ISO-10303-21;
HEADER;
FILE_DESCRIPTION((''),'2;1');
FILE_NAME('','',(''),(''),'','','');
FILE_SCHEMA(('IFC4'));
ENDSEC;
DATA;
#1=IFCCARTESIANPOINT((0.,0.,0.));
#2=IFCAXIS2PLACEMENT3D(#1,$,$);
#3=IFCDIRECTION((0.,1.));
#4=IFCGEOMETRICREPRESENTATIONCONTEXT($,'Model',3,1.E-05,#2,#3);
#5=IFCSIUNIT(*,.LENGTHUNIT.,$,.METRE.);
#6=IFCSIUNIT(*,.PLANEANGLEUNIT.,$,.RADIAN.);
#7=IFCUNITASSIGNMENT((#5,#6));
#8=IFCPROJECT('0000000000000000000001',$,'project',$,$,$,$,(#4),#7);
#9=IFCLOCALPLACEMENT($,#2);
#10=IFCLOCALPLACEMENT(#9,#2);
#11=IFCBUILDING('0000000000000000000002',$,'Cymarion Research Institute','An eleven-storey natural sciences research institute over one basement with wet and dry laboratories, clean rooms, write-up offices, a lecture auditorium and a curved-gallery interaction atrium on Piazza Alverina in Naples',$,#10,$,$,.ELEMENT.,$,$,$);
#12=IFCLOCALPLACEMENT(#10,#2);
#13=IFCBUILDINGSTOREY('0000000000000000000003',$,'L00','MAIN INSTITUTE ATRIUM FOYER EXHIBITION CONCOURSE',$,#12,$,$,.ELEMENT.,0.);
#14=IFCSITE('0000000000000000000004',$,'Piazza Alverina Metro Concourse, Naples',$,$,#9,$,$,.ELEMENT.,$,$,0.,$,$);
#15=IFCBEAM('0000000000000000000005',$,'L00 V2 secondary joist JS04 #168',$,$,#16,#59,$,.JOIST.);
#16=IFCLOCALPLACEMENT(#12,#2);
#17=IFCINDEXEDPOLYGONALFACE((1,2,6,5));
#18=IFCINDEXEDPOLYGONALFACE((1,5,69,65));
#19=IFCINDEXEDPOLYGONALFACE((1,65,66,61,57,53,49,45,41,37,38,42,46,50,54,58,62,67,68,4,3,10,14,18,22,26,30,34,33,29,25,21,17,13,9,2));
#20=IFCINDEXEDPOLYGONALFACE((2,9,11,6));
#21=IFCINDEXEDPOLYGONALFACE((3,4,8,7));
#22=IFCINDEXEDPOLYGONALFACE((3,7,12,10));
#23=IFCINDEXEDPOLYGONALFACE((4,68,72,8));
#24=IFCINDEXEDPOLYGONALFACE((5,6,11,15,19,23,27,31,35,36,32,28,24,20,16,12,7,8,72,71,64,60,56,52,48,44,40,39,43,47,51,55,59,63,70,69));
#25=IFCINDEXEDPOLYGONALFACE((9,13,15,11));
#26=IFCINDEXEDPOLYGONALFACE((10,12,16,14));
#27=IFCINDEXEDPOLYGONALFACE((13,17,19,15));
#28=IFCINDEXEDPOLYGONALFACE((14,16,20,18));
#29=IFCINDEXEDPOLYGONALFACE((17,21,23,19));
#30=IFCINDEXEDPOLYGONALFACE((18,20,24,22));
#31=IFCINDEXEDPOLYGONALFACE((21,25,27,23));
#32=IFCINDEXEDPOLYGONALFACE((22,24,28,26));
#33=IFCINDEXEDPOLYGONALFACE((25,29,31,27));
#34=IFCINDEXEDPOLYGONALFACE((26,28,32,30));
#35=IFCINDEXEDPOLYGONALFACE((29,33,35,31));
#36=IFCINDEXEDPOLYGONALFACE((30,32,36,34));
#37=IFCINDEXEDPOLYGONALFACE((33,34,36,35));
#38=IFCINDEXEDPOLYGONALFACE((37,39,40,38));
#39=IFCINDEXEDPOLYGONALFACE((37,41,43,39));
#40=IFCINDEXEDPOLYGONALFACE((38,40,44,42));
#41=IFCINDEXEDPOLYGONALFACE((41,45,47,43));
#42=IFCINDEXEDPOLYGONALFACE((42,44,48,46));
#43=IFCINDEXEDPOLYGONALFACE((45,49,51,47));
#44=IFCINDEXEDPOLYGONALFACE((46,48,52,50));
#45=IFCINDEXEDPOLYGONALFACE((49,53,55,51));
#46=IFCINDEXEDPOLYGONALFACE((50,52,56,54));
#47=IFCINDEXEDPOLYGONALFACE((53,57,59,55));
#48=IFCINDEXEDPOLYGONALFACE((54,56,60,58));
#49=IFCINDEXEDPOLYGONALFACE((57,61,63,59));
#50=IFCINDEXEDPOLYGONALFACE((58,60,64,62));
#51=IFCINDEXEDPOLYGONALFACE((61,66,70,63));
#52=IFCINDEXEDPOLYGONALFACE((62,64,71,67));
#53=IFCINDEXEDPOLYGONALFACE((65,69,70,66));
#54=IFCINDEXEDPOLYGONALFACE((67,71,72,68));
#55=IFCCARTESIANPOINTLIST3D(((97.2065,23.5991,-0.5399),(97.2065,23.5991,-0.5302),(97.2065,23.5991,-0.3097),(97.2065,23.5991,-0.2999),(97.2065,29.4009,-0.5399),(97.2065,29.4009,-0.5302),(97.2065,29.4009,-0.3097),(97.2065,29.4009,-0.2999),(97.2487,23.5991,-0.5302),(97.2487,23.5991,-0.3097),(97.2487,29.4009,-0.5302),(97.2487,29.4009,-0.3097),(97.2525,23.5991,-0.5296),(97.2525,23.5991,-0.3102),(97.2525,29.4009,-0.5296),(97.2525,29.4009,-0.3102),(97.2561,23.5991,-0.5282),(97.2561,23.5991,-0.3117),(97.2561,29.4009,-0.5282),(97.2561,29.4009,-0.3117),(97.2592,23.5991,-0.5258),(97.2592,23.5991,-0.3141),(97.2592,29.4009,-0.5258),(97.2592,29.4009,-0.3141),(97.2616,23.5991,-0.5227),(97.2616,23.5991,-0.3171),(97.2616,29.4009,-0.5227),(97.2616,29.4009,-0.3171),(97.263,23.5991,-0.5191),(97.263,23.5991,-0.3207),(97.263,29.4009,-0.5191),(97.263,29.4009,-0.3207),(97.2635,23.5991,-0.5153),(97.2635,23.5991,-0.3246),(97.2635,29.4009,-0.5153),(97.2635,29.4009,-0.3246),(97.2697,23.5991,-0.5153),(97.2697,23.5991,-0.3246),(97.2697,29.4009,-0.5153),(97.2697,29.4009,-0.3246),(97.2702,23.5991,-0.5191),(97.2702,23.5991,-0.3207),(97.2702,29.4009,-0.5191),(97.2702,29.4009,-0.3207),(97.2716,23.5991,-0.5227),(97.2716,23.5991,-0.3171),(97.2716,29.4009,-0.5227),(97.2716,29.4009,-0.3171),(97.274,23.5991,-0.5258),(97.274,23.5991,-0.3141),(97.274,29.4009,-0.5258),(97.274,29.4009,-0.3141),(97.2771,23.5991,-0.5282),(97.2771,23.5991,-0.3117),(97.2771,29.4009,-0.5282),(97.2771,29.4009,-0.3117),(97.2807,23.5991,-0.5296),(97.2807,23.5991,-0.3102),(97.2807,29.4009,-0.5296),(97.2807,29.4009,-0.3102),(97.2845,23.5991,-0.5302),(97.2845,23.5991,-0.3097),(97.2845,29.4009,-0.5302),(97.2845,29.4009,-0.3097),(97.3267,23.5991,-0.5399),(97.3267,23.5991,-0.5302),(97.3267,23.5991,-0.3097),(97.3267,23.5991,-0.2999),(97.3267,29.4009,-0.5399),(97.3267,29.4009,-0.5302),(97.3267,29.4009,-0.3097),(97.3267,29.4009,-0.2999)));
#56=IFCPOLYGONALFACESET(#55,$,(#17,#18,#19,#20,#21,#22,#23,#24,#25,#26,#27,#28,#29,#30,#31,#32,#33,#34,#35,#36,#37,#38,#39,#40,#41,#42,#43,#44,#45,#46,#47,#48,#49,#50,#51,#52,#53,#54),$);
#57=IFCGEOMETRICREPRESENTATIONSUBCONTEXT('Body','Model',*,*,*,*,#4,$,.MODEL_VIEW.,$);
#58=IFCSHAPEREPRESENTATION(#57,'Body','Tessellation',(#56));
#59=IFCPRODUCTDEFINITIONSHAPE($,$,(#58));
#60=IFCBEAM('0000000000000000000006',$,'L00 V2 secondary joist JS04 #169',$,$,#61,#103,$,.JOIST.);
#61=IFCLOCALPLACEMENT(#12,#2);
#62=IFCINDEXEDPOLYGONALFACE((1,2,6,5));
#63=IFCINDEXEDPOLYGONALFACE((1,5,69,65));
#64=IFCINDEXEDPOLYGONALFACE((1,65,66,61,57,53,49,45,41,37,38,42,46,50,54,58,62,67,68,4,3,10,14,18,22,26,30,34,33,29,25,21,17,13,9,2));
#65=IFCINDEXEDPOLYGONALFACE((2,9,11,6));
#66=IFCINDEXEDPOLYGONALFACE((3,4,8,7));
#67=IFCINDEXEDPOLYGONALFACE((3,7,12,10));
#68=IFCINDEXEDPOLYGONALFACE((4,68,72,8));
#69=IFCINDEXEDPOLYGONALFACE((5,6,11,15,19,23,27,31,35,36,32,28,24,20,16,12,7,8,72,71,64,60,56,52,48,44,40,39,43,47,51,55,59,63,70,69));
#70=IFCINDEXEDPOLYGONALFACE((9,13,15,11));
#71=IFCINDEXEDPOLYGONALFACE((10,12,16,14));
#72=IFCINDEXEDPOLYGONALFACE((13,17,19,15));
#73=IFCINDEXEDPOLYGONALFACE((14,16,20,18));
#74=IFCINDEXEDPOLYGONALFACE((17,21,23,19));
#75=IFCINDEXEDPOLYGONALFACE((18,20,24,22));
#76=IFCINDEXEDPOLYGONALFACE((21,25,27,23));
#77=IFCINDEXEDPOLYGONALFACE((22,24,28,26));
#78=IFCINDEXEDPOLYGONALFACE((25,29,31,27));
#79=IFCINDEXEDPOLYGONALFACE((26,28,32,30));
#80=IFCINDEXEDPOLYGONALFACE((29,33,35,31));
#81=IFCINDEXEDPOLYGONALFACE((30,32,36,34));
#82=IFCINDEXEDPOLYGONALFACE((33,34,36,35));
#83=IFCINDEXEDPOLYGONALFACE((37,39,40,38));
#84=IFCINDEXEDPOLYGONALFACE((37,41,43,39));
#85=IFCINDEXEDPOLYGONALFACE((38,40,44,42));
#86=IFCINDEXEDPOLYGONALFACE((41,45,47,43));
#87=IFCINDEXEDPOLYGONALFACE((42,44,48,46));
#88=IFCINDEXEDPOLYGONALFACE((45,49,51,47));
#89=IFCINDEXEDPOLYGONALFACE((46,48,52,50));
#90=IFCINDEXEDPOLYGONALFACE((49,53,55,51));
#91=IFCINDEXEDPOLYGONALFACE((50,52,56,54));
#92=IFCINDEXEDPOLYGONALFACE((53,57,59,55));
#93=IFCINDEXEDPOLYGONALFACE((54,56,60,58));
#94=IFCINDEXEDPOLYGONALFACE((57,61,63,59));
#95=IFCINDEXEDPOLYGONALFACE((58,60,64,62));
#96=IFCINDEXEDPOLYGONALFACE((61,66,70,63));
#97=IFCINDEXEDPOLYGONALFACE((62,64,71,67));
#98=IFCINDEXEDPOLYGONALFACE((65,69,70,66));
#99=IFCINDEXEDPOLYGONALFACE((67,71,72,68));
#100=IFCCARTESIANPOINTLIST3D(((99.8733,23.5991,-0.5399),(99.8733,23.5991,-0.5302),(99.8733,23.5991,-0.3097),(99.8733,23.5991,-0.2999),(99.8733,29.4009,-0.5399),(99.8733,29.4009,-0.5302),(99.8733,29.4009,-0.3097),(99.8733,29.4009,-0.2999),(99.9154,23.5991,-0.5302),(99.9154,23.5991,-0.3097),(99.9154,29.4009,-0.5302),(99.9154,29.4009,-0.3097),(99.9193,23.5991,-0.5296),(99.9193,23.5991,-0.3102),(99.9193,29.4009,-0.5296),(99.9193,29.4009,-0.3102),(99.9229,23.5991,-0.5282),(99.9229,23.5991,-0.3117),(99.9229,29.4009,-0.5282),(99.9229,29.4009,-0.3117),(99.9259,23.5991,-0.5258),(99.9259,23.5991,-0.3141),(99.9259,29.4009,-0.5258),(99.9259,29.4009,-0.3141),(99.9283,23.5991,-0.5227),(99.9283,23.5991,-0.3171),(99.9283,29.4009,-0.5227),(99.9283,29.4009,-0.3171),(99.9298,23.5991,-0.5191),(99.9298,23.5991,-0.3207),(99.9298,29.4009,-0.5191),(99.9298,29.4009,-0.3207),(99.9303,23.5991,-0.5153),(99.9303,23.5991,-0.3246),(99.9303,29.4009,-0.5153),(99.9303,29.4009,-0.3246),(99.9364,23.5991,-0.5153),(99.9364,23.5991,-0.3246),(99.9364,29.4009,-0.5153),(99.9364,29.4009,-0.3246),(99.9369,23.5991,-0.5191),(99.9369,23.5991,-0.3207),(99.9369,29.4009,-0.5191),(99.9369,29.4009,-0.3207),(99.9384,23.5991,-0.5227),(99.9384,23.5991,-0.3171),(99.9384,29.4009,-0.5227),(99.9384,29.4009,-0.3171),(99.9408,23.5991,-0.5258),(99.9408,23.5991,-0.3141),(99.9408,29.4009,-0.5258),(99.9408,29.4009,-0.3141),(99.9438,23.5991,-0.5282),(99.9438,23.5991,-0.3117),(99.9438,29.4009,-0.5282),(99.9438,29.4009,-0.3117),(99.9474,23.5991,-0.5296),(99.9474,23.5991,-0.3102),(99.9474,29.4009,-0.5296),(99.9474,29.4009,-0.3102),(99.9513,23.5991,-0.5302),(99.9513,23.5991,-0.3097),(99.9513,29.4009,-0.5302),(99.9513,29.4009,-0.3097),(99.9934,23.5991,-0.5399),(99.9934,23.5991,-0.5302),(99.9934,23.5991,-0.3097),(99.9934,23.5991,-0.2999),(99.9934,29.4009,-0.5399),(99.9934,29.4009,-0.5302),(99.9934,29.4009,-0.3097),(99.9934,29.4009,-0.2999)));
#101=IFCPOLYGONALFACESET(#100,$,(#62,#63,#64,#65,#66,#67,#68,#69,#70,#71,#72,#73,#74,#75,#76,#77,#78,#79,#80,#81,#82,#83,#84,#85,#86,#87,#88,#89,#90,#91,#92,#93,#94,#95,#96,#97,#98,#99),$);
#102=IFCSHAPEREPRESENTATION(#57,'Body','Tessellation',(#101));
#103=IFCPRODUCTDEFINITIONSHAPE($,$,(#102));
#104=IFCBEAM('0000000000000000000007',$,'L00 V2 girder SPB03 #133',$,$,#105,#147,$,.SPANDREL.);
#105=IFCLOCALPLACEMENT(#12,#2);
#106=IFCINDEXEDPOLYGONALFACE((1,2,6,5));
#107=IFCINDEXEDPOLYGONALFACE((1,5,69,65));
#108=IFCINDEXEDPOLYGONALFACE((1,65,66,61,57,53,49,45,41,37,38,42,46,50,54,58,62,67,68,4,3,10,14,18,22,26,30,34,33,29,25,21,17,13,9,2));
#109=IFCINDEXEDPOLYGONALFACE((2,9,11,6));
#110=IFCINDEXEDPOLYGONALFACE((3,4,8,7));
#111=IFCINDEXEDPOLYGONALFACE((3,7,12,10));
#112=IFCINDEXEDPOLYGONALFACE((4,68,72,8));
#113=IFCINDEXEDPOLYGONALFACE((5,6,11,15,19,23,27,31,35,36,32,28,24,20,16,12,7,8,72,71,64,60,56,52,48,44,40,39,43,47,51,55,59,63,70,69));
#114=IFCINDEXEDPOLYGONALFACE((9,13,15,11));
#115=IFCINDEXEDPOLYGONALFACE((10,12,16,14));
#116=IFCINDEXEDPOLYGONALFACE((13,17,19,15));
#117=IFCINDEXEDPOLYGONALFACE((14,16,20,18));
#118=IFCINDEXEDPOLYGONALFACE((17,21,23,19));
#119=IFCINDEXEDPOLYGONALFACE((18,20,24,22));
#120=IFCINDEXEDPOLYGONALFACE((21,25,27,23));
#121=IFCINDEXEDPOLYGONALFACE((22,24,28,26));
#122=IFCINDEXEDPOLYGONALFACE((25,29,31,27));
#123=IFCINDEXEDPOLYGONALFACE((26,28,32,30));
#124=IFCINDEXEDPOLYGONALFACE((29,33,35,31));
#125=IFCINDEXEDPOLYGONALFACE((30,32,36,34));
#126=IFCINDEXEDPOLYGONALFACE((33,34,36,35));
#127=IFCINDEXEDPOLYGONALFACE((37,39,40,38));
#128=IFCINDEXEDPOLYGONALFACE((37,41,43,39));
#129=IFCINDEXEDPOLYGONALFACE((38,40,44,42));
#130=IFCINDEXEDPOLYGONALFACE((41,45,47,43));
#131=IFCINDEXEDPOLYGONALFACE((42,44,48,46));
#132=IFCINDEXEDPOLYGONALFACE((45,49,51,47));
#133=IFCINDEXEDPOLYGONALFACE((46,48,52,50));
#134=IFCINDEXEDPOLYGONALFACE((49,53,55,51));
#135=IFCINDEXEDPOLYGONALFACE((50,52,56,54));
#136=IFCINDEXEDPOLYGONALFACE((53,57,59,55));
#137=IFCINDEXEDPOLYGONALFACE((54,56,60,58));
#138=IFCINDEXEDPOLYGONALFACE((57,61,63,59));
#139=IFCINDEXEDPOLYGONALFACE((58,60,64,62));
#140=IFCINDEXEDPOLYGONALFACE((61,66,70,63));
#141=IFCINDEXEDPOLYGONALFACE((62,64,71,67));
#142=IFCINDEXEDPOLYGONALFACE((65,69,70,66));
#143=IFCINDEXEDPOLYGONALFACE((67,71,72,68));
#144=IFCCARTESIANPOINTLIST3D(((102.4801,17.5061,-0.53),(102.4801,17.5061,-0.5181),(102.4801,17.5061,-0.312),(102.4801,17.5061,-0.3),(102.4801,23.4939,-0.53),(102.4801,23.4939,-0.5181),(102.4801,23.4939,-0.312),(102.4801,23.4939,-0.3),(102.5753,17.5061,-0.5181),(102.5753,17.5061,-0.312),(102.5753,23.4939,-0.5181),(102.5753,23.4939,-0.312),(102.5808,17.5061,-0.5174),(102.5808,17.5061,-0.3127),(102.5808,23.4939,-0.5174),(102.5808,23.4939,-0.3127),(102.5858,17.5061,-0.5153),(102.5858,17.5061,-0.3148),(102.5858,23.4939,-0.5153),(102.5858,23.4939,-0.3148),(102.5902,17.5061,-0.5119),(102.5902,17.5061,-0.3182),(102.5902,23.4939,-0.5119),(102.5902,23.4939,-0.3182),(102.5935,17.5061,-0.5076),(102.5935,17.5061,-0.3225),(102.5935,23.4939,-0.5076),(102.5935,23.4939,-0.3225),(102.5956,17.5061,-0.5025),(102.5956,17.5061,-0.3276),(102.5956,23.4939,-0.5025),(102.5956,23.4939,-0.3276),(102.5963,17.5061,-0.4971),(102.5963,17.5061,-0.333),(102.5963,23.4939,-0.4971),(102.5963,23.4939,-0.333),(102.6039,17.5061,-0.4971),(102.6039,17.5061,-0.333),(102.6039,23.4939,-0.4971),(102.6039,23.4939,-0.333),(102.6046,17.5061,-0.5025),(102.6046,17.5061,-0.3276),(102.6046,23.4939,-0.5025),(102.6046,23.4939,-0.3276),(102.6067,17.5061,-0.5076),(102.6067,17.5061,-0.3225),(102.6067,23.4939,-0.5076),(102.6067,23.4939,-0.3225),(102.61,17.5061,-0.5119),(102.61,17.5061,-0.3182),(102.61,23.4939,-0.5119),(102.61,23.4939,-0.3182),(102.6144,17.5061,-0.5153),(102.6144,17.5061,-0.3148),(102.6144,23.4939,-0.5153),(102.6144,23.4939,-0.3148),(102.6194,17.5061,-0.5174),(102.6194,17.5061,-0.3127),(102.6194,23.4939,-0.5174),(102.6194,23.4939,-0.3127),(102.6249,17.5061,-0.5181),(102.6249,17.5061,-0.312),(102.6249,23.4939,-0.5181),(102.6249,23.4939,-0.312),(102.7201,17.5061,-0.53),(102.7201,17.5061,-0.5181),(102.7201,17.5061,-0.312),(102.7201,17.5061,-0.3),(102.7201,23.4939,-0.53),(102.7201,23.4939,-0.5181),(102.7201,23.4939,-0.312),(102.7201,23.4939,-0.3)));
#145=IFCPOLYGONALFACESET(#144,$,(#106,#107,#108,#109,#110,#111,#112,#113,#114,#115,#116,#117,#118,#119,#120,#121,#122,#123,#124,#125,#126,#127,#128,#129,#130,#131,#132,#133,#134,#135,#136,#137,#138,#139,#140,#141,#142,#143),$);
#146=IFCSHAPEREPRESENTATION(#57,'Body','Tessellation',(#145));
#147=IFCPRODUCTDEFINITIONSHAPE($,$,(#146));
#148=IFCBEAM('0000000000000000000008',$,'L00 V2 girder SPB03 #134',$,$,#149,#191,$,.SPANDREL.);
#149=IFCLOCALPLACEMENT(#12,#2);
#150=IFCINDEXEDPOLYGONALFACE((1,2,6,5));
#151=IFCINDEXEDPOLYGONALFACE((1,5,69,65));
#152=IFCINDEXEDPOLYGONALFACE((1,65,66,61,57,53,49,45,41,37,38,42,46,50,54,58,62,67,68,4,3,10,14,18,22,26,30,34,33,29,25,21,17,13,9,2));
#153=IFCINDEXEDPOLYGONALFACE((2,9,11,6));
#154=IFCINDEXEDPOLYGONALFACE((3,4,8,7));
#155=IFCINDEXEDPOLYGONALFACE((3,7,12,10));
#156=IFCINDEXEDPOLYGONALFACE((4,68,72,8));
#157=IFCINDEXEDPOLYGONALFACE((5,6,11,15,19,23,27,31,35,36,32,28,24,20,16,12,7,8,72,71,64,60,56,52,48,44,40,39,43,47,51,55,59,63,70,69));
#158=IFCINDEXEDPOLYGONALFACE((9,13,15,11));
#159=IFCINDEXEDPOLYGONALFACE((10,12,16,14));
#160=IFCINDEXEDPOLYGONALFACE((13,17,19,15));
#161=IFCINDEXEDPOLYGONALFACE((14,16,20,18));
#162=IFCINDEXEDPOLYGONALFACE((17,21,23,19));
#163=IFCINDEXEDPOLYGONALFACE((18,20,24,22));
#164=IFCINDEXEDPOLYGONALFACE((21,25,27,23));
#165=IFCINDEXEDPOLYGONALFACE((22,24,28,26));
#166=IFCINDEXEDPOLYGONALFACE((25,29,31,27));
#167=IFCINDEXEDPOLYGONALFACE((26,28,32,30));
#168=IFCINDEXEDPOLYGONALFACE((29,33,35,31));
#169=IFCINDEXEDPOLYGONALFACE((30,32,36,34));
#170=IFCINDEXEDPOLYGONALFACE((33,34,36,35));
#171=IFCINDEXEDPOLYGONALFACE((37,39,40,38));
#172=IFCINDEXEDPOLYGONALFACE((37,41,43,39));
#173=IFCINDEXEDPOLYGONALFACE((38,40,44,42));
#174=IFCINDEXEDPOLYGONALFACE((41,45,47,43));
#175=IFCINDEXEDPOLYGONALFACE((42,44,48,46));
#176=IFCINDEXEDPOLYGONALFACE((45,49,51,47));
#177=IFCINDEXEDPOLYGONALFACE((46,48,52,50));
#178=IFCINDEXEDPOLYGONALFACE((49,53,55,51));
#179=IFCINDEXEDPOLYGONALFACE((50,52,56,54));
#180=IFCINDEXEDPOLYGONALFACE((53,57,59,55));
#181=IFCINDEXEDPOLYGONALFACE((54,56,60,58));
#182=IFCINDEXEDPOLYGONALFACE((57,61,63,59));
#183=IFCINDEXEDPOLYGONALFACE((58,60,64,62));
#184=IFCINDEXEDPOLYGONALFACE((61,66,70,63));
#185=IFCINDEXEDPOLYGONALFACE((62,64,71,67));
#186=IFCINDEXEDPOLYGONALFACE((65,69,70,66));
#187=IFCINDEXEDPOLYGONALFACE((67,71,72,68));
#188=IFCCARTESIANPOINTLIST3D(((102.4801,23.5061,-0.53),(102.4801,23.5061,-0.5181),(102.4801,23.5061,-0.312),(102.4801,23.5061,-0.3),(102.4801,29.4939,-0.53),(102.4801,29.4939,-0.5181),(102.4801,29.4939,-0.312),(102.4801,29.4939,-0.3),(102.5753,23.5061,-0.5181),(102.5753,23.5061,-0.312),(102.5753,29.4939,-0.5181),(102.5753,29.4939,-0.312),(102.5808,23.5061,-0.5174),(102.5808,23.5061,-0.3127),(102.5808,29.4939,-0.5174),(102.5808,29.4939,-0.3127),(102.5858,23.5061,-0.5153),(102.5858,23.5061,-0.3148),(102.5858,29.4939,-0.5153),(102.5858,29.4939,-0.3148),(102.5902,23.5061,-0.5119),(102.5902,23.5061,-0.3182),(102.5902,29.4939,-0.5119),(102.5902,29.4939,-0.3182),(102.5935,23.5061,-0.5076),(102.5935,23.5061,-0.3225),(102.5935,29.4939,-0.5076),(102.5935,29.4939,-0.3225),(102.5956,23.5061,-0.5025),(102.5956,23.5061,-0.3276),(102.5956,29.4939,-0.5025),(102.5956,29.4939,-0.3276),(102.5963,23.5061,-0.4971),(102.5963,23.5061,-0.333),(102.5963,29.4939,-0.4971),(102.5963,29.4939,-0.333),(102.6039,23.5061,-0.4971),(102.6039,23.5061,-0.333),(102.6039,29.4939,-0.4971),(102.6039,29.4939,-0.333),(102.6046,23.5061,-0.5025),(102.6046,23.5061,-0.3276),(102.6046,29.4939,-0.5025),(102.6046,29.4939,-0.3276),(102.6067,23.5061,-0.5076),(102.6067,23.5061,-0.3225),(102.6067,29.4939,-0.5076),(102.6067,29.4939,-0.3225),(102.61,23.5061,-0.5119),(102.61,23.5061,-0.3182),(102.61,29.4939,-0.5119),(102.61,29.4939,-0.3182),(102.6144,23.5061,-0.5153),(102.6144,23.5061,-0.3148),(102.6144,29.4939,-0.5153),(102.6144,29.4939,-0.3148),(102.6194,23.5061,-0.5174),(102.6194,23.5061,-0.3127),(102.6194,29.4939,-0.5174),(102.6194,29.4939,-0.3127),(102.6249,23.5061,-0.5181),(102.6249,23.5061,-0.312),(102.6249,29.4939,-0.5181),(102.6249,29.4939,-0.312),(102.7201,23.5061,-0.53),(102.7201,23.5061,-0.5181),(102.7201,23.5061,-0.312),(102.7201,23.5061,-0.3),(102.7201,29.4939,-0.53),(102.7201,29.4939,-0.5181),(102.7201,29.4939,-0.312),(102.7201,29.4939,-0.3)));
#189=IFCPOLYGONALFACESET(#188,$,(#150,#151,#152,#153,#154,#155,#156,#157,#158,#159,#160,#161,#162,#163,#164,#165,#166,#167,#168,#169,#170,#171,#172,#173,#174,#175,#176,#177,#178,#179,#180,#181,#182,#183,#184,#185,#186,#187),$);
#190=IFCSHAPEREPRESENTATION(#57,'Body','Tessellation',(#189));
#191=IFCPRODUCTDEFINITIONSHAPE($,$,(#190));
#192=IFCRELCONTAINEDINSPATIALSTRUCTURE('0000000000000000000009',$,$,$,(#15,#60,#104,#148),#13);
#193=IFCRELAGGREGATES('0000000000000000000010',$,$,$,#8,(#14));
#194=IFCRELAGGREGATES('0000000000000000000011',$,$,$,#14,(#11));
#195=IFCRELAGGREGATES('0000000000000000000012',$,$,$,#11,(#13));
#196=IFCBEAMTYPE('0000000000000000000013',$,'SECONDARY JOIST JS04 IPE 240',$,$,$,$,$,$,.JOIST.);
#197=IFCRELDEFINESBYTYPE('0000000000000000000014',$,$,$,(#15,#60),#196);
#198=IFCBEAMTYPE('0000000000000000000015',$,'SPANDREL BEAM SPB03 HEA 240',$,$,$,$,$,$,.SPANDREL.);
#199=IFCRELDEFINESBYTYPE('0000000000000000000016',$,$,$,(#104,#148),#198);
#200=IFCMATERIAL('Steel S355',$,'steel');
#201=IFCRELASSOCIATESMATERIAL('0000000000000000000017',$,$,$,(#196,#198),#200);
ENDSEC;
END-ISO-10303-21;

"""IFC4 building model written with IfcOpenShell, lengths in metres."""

from ifc_helpers import new_model, si_unit, direction, frame, origin, origin_2d, place, context, subcontext, project, spatial, i_section, extrude, material, material_profile, profile_set, type_object, element, save


model = new_model("IFC4")

# Units and contexts
model_context = context("Model", 3, precision=1e-05, world=origin(), true_north=direction((0.0, 1.0)))
body_context = subcontext(model_context, "Body", "Model", "MODEL_VIEW")
ifc_project = project(units=[si_unit("LENGTHUNIT", "METRE"), si_unit("PLANEANGLEUNIT", "RADIAN")], contexts=[model_context])

# Site, building, storey
site_placement = place(None, origin())
site = spatial("IfcSite", under=ifc_project, at=site_placement, Name="Piazza Alverina Metro Concourse, Naples", CompositionType="ELEMENT", RefElevation=0.0)
building_placement = place(site_placement, origin())
building = spatial("IfcBuilding", under=site, at=building_placement, Name="Cymarion Research Institute", Description="An eleven-storey natural sciences research institute over one basement with wet and dry laboratories, clean rooms, write-up offices, a lecture auditorium and a curved-gallery interaction atrium on Piazza Alverina in Naples", CompositionType="ELEMENT")
storey_placement = place(building_placement, origin())
storey = spatial("IfcBuildingStorey", under=building, at=storey_placement, Name="L00", Description="MAIN INSTITUTE ATRIUM FOYER EXHIBITION CONCOURSE", CompositionType="ELEMENT", Elevation=0.0)

# Shared definitions
ifc_material_1 = material(Name="Steel S355", Category="steel")

# Beams
ifc_material_profile_1 = material_profile(ifc_material_1, i_section(OverallWidth=0.1201, OverallDepth=0.24, WebThickness=0.0061, FlangeThickness=0.0098, FilletRadius=0.0149, at=origin_2d()), Name="IPE 240")
ifc_profile_set_1 = profile_set([ifc_material_profile_1], Name="Steel S355")
beam_type_1 = type_object("IfcBeamType", Name="SECONDARY JOIST JS04 IPE 240", PredefinedType="JOIST", material=ifc_profile_set_1)
for number, where, z_axis, x_axis, name in (
    (1, (97.2666, 23.5991, -0.4199), (0.0, 1.0, 0.0), (-1.0, 0.0, 0.0), "L00 V2 secondary joist JS04 #168"),
    (2, (99.9333, 23.5991, -0.4199), (0.0, 1.0, 0.0), (-1.0, 0.0, 0.0), "L00 V2 secondary joist JS04 #169"),
):
    element("IfcBeam", number, at=place(storey_placement, frame(where, z_axis=z_axis, x_axis=x_axis)), inside=storey, type_object=beam_type_1, Name=name, PredefinedType="JOIST", context=body_context, shape_type="SweptSolid", body=[
        extrude(i_section(OverallWidth=0.1201, OverallDepth=0.24, WebThickness=0.0061, FlangeThickness=0.0098, FilletRadius=0.0149, at=origin_2d()), origin(), (0.0, 0.0, 1.0), 5.8018),
    ])
ifc_material_profile_2 = material_profile(ifc_material_1, i_section(OverallWidth=0.24, OverallDepth=0.23, WebThickness=0.0076, FlangeThickness=0.012, FilletRadius=0.021, at=origin_2d()), Name="HEA 240")
ifc_profile_set_2 = profile_set([ifc_material_profile_2], Name="Steel S355")
beam_type_2 = type_object("IfcBeamType", Name="SPANDREL BEAM SPB03 HEA 240", PredefinedType="SPANDREL", material=ifc_profile_set_2)
for number, where, z_axis, x_axis, name in (
    (3, (102.6001, 17.5061, -0.415), (0.0, 1.0, 0.0), (-1.0, 0.0, 0.0), "L00 V2 girder SPB03 #133"),
    (4, (102.6001, 23.5061, -0.415), (0.0, 1.0, 0.0), (-1.0, 0.0, 0.0), "L00 V2 girder SPB03 #134"),
):
    element("IfcBeam", number, at=place(storey_placement, frame(where, z_axis=z_axis, x_axis=x_axis)), inside=storey, type_object=beam_type_2, Name=name, PredefinedType="SPANDREL", context=body_context, shape_type="SweptSolid", body=[
        extrude(i_section(OverallWidth=0.24, OverallDepth=0.23, WebThickness=0.0076, FlangeThickness=0.012, FilletRadius=0.021, at=origin_2d()), origin(), (0.0, 0.0, 1.0), 5.9878),
    ])

save(model, "model.ifc")
